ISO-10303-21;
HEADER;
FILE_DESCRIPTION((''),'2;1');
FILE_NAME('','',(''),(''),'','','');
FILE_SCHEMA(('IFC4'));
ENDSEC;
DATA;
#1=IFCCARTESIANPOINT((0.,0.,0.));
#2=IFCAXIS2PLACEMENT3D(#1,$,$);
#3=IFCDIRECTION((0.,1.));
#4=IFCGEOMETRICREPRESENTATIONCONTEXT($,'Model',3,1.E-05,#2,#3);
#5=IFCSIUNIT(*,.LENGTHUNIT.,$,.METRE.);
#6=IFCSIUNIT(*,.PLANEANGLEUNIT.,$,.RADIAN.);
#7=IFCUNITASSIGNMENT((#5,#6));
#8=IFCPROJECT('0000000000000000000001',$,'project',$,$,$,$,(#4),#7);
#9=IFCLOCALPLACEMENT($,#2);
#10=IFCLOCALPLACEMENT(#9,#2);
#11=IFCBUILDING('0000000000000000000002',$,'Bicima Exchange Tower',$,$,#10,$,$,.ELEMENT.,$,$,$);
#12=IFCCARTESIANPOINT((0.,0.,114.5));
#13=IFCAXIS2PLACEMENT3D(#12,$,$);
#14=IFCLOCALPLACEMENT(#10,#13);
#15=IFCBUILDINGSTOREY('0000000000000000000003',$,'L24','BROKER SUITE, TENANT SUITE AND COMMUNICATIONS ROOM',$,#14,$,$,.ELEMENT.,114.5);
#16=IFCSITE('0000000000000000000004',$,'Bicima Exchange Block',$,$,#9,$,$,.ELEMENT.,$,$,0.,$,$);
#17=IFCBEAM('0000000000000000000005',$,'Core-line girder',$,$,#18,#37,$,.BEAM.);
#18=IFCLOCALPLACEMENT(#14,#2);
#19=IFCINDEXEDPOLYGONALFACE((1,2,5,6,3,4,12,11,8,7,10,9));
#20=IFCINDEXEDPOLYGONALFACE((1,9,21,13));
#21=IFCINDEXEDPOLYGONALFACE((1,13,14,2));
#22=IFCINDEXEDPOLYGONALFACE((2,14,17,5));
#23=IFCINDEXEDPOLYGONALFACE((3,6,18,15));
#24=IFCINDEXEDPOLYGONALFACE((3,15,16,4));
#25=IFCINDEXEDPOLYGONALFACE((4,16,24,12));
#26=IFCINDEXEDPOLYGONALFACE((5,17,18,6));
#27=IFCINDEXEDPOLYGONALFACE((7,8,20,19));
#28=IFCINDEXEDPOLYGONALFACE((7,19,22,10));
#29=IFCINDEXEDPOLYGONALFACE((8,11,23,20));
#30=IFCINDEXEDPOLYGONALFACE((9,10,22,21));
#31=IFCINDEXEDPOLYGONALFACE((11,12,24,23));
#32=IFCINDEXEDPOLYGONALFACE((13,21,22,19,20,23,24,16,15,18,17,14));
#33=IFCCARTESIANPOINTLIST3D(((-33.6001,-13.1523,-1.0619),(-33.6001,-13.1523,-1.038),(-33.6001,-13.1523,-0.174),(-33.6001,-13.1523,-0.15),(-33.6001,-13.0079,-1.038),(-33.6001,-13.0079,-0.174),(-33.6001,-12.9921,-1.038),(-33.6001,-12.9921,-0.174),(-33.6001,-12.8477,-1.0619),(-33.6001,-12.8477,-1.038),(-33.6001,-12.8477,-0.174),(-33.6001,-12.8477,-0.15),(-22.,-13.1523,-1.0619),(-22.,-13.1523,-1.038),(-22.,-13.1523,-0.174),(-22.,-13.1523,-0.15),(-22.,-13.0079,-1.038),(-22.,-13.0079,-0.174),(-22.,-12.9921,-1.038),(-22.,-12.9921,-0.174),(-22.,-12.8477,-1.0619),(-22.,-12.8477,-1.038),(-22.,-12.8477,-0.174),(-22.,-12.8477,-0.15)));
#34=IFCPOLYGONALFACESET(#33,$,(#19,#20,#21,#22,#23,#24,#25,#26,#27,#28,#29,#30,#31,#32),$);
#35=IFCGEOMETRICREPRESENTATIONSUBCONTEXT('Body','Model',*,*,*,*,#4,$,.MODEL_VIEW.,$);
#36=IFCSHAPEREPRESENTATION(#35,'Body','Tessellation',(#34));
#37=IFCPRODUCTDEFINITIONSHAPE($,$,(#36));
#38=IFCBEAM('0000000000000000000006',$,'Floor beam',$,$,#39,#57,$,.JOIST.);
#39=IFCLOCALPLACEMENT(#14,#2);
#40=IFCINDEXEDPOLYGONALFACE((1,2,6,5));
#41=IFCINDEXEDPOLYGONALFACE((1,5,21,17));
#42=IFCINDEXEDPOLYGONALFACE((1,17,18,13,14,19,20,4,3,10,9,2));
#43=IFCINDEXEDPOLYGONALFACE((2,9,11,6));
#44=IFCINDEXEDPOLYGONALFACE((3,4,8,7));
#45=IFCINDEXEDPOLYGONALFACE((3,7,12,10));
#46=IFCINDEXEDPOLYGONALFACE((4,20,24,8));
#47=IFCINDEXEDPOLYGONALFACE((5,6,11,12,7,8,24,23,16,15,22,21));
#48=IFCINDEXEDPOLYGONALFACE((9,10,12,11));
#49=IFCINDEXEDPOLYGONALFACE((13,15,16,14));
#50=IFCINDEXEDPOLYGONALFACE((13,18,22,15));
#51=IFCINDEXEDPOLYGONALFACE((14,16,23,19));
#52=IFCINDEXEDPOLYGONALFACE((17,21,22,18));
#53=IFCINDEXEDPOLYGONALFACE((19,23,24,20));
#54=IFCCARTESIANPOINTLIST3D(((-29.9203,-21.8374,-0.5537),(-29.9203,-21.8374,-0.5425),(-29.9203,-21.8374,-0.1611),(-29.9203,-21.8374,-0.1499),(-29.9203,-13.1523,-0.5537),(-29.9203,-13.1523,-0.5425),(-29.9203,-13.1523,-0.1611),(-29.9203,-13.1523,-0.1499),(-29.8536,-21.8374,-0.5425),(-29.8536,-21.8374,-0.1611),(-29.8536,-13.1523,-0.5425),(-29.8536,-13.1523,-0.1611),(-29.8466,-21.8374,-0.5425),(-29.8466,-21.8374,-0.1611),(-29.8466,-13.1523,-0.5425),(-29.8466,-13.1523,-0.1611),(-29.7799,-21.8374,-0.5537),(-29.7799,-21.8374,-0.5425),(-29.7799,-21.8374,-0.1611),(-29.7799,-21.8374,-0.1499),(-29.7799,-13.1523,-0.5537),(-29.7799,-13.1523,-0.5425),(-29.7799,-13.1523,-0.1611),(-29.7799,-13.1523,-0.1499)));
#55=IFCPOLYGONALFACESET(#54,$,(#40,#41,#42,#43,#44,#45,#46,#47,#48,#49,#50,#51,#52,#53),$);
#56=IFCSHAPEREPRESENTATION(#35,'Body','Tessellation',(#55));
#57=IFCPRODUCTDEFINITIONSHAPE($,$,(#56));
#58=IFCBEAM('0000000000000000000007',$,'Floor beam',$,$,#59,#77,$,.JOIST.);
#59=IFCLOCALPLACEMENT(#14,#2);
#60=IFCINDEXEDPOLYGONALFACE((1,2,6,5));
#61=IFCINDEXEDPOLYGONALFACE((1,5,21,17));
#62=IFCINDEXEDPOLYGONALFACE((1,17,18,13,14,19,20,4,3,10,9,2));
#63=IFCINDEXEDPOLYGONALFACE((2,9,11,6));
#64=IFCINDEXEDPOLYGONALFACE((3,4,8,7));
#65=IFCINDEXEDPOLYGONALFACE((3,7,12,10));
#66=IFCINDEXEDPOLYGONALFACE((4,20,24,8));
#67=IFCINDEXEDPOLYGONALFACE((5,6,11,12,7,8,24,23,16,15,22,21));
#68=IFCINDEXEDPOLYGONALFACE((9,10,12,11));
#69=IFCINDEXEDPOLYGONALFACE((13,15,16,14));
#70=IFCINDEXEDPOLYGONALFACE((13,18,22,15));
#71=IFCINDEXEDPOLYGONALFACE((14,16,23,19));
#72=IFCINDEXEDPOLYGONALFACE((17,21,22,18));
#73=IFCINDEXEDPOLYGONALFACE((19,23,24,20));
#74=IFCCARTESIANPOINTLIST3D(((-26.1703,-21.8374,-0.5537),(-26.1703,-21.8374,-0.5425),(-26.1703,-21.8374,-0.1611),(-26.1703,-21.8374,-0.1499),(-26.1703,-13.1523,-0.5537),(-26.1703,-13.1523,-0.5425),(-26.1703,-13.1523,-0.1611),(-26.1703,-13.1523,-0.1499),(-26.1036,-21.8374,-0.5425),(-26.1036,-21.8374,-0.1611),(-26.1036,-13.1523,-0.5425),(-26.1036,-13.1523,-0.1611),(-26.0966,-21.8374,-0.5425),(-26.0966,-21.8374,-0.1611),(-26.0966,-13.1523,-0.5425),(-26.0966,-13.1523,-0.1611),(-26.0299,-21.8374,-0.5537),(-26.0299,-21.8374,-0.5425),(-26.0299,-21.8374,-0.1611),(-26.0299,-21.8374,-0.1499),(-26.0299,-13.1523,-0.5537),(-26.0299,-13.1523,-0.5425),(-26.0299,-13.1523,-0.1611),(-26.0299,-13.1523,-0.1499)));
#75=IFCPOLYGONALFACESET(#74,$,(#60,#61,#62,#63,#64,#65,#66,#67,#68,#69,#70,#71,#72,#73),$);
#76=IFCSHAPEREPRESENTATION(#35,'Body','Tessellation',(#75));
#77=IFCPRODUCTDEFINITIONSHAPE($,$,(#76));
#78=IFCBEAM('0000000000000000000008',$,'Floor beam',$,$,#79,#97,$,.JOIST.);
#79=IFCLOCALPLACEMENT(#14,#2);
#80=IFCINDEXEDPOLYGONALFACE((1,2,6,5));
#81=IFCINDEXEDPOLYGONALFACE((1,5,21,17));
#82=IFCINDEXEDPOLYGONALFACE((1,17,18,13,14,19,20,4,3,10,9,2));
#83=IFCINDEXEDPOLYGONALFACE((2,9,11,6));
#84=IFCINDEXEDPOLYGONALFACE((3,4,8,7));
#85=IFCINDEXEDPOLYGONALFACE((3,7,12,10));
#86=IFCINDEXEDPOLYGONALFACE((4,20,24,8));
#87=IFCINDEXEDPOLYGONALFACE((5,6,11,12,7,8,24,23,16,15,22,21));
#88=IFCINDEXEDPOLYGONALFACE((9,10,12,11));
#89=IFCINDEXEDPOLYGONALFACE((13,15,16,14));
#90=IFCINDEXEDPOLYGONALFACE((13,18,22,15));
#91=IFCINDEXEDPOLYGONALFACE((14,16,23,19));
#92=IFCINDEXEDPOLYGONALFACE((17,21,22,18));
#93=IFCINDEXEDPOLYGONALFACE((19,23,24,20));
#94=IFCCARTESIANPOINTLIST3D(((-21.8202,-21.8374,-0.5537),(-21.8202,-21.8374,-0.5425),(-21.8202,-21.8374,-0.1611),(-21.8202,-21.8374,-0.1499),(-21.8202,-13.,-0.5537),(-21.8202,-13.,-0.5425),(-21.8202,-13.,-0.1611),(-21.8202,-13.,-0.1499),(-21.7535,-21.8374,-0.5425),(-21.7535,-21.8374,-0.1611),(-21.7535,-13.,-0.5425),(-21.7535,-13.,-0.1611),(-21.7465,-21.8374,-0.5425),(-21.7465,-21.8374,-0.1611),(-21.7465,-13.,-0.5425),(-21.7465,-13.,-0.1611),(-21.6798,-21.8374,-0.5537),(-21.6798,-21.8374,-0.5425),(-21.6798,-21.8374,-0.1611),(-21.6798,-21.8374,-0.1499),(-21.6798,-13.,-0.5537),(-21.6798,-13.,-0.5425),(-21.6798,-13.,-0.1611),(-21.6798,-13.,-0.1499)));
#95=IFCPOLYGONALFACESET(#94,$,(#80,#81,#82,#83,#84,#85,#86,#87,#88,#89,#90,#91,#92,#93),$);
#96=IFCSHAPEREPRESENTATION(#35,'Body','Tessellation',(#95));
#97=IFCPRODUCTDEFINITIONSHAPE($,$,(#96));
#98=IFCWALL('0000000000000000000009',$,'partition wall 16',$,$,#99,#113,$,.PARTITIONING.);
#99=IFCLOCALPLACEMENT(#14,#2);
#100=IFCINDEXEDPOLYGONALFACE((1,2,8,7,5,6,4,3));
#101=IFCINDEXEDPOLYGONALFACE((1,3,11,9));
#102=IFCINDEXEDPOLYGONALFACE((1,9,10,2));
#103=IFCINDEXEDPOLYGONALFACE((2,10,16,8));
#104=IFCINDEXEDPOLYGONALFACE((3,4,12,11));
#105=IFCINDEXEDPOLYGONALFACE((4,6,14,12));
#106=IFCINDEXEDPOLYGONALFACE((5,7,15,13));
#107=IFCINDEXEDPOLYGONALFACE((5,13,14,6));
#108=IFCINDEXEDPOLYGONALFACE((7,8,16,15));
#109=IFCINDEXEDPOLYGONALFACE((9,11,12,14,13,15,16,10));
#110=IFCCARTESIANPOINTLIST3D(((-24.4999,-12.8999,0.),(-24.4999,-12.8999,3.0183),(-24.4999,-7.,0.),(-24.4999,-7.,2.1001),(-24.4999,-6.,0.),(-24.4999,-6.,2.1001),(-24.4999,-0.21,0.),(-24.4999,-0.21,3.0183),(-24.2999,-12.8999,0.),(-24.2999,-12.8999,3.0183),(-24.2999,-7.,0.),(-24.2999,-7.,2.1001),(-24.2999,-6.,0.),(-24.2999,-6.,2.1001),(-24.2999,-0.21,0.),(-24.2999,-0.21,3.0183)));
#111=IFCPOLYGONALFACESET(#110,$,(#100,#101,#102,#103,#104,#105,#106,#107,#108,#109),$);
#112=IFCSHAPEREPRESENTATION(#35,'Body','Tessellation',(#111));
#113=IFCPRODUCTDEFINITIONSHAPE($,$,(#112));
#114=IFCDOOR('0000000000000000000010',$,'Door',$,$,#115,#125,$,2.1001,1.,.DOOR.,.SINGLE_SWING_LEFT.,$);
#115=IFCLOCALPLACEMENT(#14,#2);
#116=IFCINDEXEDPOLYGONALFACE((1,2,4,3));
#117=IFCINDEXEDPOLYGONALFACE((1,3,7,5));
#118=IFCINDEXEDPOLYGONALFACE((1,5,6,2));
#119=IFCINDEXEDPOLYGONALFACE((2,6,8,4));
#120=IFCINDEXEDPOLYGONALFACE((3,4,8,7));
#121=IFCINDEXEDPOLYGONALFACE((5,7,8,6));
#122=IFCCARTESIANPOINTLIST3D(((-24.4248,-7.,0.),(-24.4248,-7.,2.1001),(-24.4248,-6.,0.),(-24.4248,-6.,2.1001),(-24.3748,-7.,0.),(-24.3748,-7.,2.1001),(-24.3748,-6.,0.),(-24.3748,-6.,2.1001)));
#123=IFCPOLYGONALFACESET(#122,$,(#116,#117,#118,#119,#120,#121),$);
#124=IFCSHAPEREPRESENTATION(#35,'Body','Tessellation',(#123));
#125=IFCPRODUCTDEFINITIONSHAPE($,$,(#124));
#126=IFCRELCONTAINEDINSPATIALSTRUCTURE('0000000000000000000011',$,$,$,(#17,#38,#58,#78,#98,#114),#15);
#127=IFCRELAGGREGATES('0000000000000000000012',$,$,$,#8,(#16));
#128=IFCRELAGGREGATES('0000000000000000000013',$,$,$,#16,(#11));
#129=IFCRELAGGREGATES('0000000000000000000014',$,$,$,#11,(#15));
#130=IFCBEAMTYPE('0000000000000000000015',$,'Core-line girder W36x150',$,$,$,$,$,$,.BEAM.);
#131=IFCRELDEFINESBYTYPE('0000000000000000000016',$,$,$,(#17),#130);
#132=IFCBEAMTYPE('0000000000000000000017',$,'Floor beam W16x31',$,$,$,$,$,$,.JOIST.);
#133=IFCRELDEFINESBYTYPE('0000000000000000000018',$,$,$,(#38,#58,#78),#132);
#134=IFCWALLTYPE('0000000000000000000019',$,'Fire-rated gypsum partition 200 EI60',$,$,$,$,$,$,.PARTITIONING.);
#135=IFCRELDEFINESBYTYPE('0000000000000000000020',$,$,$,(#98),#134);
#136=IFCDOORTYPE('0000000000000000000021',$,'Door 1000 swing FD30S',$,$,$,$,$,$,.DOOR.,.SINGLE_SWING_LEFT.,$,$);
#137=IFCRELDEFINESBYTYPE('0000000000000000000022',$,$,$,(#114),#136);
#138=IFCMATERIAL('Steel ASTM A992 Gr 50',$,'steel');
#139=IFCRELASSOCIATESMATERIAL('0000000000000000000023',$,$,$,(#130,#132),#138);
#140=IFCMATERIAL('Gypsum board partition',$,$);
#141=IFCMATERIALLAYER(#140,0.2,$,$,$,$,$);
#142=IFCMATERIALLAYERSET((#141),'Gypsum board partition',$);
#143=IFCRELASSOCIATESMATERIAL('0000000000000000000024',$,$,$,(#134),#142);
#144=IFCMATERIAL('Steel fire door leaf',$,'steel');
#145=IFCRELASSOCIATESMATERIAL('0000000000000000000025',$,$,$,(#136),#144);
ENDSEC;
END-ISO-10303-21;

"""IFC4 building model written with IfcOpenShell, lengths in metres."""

from ifc_helpers import new_model, si_unit, direction, frame, frame_2d, origin, origin_2d, place, context, subcontext, project, spatial, rectangle, i_section, extrude, material, layer, layer_set, material_profile, profile_set, type_object, element, fill, save


model = new_model("IFC4")

# Units and contexts
model_context = context("Model", 3, precision=1e-05, world=origin(), true_north=direction((0.0, 1.0)))
body_context = subcontext(model_context, "Body", "Model", "MODEL_VIEW")
ifc_project = project(units=[si_unit("LENGTHUNIT", "METRE"), si_unit("PLANEANGLEUNIT", "RADIAN")], contexts=[model_context])

# Site, building, storey
site_placement = place(None, origin())
site = spatial("IfcSite", under=ifc_project, at=site_placement, Name="Bicima Exchange Block", CompositionType="ELEMENT", RefElevation=0.0)
building_placement = place(site_placement, origin())
building = spatial("IfcBuilding", under=site, at=building_placement, Name="Bicima Exchange Tower", CompositionType="ELEMENT")
storey_placement = place(building_placement, frame((0.0, 0.0, 114.5)))
storey = spatial("IfcBuildingStorey", under=building, at=storey_placement, Name="L24", Description="BROKER SUITE, TENANT SUITE AND COMMUNICATIONS ROOM", CompositionType="ELEMENT", Elevation=114.5)

# Beams
ifc_material_1 = material(Name="Steel ASTM A992 Gr 50", Category="steel")
ifc_material_profile_1 = material_profile(ifc_material_1, i_section(OverallWidth=0.3047, OverallDepth=0.9119, WebThickness=0.0159, FlangeThickness=0.0239, at=origin_2d()))
ifc_profile_set_1 = profile_set([ifc_material_profile_1], Name="Steel ASTM A992 Gr 50")
beam_type_1 = type_object("IfcBeamType", Name="Core-line girder W36x150", PredefinedType="BEAM", material=ifc_profile_set_1)
beam_1_placement = place(storey_placement, frame((-22.0, -13.0, -0.606), z_axis=(-1.0, 0.0, 0.0), x_axis=(0.0, -1.0, 0.0)))
element("IfcBeam", 1, at=beam_1_placement, inside=storey, type_object=beam_type_1, Name="Core-line girder", PredefinedType="BEAM", context=body_context, shape_type="SweptSolid", body=[
    extrude(i_section(OverallWidth=0.3047, OverallDepth=0.9119, WebThickness=0.0159, FlangeThickness=0.0239, at=origin_2d()), origin(), (0.0, 0.0, 1.0), 11.6001),
])
ifc_material_profile_2 = material_profile(ifc_material_1, i_section(OverallWidth=0.1404, OverallDepth=0.4038, WebThickness=0.0071, FlangeThickness=0.0112, at=origin_2d()))
ifc_profile_set_2 = profile_set([ifc_material_profile_2], Name="Steel ASTM A992 Gr 50")
beam_type_2 = type_object("IfcBeamType", Name="Floor beam W16x31", PredefinedType="JOIST", material=ifc_profile_set_2)
for number, where, z_axis, x_axis, name in (
    (2, (-29.8501, -13.1523, -0.3518), (0.0, -1.0, 0.0), (1.0, 0.0, 0.0), "Floor beam"),
    (3, (-26.1001, -13.1523, -0.3518), (0.0, -1.0, 0.0), (1.0, 0.0, 0.0), "Floor beam"),
):
    element("IfcBeam", number, at=place(storey_placement, frame(where, z_axis=z_axis, x_axis=x_axis)), inside=storey, type_object=beam_type_2, Name=name, PredefinedType="JOIST", context=body_context, shape_type="SweptSolid", body=[
        extrude(i_section(OverallWidth=0.1404, OverallDepth=0.4038, WebThickness=0.0071, FlangeThickness=0.0112, at=origin_2d()), origin(), (0.0, 0.0, 1.0), 8.6851),
    ])
beam_2_placement = place(storey_placement, frame((-21.75, -13.0, -0.3518), z_axis=(0.0, -1.0, 0.0), x_axis=(1.0, 0.0, 0.0)))
element("IfcBeam", 4, at=beam_2_placement, inside=storey, type_object=beam_type_2, Name="Floor beam", PredefinedType="JOIST", context=body_context, shape_type="SweptSolid", body=[
    extrude(i_section(OverallWidth=0.1404, OverallDepth=0.4038, WebThickness=0.0071, FlangeThickness=0.0112, at=origin_2d()), origin(), (0.0, 0.0, 1.0), 8.8374),
])

# Wall, opening, door
ifc_material_2 = material(Name="Gypsum board partition")
ifc_layer_1 = layer(ifc_material_2, 0.2)
ifc_layer_set_1 = layer_set([ifc_layer_1], Name="Gypsum board partition")
wall_type_1 = type_object("IfcWallType", Name="Fire-rated gypsum partition 200 EI60", PredefinedType="PARTITIONING", material=ifc_layer_set_1)
wall_1_placement = place(storey_placement, frame((-24.3999, -12.8999, 0.0), z_axis=(0.0, 0.0, 1.0), x_axis=(0.0, 1.0, 0.0)))
wall_1 = element("IfcWall", 5, at=wall_1_placement, inside=storey, type_object=wall_type_1, Name="partition wall 16", PredefinedType="PARTITIONING", context=body_context, shape_type="SweptSolid", body=[
    extrude(rectangle(XDim=12.6899, YDim=0.2, at=frame_2d((6.345, 0.0))), origin(), (0.0, 0.0, 1.0), 3.0183),
])
opening_1_placement = place(wall_1_placement, frame((5.8999, 0.0, 0.0)))
opening_1 = element("IfcOpeningElement", 6, at=opening_1_placement, cuts=wall_1, PredefinedType="OPENING", context=body_context, shape_type="SweptSolid", body=[
    extrude(rectangle(XDim=1.0, YDim=2.1001, at=frame_2d((0.5, 1.05))), frame((0.0, 0.1118, 0.0), z_axis=(0.0, -1.0, 0.0), x_axis=(1.0, 0.0, 0.0)), (0.0, 0.0, 1.0), 0.2239),
])
ifc_material_3 = material(Name="Steel fire door leaf", Category="steel")
door_type_1 = type_object("IfcDoorType", Name="Door 1000 swing FD30S", OperationType="SINGLE_SWING_LEFT", PredefinedType="DOOR", material=ifc_material_3)
door_1_placement = place(opening_1_placement, origin())
door_1 = element("IfcDoor", 7, at=door_1_placement, inside=storey, type_object=door_type_1, Name="Door", OperationType="SINGLE_SWING_LEFT", OverallHeight=2.1001, OverallWidth=1.0, PredefinedType="DOOR", context=body_context, shape_type="SweptSolid", body=[
    extrude(rectangle(XDim=1.0, YDim=2.1001, at=frame_2d((0.5, 1.05))), frame((0.0, 0.0249, 0.0), z_axis=(0.0, -1.0, 0.0), x_axis=(1.0, 0.0, 0.0)), (0.0, 0.0, 1.0), 0.05),
])
fill(opening_1, door_1)

save(model, "model.ifc")
